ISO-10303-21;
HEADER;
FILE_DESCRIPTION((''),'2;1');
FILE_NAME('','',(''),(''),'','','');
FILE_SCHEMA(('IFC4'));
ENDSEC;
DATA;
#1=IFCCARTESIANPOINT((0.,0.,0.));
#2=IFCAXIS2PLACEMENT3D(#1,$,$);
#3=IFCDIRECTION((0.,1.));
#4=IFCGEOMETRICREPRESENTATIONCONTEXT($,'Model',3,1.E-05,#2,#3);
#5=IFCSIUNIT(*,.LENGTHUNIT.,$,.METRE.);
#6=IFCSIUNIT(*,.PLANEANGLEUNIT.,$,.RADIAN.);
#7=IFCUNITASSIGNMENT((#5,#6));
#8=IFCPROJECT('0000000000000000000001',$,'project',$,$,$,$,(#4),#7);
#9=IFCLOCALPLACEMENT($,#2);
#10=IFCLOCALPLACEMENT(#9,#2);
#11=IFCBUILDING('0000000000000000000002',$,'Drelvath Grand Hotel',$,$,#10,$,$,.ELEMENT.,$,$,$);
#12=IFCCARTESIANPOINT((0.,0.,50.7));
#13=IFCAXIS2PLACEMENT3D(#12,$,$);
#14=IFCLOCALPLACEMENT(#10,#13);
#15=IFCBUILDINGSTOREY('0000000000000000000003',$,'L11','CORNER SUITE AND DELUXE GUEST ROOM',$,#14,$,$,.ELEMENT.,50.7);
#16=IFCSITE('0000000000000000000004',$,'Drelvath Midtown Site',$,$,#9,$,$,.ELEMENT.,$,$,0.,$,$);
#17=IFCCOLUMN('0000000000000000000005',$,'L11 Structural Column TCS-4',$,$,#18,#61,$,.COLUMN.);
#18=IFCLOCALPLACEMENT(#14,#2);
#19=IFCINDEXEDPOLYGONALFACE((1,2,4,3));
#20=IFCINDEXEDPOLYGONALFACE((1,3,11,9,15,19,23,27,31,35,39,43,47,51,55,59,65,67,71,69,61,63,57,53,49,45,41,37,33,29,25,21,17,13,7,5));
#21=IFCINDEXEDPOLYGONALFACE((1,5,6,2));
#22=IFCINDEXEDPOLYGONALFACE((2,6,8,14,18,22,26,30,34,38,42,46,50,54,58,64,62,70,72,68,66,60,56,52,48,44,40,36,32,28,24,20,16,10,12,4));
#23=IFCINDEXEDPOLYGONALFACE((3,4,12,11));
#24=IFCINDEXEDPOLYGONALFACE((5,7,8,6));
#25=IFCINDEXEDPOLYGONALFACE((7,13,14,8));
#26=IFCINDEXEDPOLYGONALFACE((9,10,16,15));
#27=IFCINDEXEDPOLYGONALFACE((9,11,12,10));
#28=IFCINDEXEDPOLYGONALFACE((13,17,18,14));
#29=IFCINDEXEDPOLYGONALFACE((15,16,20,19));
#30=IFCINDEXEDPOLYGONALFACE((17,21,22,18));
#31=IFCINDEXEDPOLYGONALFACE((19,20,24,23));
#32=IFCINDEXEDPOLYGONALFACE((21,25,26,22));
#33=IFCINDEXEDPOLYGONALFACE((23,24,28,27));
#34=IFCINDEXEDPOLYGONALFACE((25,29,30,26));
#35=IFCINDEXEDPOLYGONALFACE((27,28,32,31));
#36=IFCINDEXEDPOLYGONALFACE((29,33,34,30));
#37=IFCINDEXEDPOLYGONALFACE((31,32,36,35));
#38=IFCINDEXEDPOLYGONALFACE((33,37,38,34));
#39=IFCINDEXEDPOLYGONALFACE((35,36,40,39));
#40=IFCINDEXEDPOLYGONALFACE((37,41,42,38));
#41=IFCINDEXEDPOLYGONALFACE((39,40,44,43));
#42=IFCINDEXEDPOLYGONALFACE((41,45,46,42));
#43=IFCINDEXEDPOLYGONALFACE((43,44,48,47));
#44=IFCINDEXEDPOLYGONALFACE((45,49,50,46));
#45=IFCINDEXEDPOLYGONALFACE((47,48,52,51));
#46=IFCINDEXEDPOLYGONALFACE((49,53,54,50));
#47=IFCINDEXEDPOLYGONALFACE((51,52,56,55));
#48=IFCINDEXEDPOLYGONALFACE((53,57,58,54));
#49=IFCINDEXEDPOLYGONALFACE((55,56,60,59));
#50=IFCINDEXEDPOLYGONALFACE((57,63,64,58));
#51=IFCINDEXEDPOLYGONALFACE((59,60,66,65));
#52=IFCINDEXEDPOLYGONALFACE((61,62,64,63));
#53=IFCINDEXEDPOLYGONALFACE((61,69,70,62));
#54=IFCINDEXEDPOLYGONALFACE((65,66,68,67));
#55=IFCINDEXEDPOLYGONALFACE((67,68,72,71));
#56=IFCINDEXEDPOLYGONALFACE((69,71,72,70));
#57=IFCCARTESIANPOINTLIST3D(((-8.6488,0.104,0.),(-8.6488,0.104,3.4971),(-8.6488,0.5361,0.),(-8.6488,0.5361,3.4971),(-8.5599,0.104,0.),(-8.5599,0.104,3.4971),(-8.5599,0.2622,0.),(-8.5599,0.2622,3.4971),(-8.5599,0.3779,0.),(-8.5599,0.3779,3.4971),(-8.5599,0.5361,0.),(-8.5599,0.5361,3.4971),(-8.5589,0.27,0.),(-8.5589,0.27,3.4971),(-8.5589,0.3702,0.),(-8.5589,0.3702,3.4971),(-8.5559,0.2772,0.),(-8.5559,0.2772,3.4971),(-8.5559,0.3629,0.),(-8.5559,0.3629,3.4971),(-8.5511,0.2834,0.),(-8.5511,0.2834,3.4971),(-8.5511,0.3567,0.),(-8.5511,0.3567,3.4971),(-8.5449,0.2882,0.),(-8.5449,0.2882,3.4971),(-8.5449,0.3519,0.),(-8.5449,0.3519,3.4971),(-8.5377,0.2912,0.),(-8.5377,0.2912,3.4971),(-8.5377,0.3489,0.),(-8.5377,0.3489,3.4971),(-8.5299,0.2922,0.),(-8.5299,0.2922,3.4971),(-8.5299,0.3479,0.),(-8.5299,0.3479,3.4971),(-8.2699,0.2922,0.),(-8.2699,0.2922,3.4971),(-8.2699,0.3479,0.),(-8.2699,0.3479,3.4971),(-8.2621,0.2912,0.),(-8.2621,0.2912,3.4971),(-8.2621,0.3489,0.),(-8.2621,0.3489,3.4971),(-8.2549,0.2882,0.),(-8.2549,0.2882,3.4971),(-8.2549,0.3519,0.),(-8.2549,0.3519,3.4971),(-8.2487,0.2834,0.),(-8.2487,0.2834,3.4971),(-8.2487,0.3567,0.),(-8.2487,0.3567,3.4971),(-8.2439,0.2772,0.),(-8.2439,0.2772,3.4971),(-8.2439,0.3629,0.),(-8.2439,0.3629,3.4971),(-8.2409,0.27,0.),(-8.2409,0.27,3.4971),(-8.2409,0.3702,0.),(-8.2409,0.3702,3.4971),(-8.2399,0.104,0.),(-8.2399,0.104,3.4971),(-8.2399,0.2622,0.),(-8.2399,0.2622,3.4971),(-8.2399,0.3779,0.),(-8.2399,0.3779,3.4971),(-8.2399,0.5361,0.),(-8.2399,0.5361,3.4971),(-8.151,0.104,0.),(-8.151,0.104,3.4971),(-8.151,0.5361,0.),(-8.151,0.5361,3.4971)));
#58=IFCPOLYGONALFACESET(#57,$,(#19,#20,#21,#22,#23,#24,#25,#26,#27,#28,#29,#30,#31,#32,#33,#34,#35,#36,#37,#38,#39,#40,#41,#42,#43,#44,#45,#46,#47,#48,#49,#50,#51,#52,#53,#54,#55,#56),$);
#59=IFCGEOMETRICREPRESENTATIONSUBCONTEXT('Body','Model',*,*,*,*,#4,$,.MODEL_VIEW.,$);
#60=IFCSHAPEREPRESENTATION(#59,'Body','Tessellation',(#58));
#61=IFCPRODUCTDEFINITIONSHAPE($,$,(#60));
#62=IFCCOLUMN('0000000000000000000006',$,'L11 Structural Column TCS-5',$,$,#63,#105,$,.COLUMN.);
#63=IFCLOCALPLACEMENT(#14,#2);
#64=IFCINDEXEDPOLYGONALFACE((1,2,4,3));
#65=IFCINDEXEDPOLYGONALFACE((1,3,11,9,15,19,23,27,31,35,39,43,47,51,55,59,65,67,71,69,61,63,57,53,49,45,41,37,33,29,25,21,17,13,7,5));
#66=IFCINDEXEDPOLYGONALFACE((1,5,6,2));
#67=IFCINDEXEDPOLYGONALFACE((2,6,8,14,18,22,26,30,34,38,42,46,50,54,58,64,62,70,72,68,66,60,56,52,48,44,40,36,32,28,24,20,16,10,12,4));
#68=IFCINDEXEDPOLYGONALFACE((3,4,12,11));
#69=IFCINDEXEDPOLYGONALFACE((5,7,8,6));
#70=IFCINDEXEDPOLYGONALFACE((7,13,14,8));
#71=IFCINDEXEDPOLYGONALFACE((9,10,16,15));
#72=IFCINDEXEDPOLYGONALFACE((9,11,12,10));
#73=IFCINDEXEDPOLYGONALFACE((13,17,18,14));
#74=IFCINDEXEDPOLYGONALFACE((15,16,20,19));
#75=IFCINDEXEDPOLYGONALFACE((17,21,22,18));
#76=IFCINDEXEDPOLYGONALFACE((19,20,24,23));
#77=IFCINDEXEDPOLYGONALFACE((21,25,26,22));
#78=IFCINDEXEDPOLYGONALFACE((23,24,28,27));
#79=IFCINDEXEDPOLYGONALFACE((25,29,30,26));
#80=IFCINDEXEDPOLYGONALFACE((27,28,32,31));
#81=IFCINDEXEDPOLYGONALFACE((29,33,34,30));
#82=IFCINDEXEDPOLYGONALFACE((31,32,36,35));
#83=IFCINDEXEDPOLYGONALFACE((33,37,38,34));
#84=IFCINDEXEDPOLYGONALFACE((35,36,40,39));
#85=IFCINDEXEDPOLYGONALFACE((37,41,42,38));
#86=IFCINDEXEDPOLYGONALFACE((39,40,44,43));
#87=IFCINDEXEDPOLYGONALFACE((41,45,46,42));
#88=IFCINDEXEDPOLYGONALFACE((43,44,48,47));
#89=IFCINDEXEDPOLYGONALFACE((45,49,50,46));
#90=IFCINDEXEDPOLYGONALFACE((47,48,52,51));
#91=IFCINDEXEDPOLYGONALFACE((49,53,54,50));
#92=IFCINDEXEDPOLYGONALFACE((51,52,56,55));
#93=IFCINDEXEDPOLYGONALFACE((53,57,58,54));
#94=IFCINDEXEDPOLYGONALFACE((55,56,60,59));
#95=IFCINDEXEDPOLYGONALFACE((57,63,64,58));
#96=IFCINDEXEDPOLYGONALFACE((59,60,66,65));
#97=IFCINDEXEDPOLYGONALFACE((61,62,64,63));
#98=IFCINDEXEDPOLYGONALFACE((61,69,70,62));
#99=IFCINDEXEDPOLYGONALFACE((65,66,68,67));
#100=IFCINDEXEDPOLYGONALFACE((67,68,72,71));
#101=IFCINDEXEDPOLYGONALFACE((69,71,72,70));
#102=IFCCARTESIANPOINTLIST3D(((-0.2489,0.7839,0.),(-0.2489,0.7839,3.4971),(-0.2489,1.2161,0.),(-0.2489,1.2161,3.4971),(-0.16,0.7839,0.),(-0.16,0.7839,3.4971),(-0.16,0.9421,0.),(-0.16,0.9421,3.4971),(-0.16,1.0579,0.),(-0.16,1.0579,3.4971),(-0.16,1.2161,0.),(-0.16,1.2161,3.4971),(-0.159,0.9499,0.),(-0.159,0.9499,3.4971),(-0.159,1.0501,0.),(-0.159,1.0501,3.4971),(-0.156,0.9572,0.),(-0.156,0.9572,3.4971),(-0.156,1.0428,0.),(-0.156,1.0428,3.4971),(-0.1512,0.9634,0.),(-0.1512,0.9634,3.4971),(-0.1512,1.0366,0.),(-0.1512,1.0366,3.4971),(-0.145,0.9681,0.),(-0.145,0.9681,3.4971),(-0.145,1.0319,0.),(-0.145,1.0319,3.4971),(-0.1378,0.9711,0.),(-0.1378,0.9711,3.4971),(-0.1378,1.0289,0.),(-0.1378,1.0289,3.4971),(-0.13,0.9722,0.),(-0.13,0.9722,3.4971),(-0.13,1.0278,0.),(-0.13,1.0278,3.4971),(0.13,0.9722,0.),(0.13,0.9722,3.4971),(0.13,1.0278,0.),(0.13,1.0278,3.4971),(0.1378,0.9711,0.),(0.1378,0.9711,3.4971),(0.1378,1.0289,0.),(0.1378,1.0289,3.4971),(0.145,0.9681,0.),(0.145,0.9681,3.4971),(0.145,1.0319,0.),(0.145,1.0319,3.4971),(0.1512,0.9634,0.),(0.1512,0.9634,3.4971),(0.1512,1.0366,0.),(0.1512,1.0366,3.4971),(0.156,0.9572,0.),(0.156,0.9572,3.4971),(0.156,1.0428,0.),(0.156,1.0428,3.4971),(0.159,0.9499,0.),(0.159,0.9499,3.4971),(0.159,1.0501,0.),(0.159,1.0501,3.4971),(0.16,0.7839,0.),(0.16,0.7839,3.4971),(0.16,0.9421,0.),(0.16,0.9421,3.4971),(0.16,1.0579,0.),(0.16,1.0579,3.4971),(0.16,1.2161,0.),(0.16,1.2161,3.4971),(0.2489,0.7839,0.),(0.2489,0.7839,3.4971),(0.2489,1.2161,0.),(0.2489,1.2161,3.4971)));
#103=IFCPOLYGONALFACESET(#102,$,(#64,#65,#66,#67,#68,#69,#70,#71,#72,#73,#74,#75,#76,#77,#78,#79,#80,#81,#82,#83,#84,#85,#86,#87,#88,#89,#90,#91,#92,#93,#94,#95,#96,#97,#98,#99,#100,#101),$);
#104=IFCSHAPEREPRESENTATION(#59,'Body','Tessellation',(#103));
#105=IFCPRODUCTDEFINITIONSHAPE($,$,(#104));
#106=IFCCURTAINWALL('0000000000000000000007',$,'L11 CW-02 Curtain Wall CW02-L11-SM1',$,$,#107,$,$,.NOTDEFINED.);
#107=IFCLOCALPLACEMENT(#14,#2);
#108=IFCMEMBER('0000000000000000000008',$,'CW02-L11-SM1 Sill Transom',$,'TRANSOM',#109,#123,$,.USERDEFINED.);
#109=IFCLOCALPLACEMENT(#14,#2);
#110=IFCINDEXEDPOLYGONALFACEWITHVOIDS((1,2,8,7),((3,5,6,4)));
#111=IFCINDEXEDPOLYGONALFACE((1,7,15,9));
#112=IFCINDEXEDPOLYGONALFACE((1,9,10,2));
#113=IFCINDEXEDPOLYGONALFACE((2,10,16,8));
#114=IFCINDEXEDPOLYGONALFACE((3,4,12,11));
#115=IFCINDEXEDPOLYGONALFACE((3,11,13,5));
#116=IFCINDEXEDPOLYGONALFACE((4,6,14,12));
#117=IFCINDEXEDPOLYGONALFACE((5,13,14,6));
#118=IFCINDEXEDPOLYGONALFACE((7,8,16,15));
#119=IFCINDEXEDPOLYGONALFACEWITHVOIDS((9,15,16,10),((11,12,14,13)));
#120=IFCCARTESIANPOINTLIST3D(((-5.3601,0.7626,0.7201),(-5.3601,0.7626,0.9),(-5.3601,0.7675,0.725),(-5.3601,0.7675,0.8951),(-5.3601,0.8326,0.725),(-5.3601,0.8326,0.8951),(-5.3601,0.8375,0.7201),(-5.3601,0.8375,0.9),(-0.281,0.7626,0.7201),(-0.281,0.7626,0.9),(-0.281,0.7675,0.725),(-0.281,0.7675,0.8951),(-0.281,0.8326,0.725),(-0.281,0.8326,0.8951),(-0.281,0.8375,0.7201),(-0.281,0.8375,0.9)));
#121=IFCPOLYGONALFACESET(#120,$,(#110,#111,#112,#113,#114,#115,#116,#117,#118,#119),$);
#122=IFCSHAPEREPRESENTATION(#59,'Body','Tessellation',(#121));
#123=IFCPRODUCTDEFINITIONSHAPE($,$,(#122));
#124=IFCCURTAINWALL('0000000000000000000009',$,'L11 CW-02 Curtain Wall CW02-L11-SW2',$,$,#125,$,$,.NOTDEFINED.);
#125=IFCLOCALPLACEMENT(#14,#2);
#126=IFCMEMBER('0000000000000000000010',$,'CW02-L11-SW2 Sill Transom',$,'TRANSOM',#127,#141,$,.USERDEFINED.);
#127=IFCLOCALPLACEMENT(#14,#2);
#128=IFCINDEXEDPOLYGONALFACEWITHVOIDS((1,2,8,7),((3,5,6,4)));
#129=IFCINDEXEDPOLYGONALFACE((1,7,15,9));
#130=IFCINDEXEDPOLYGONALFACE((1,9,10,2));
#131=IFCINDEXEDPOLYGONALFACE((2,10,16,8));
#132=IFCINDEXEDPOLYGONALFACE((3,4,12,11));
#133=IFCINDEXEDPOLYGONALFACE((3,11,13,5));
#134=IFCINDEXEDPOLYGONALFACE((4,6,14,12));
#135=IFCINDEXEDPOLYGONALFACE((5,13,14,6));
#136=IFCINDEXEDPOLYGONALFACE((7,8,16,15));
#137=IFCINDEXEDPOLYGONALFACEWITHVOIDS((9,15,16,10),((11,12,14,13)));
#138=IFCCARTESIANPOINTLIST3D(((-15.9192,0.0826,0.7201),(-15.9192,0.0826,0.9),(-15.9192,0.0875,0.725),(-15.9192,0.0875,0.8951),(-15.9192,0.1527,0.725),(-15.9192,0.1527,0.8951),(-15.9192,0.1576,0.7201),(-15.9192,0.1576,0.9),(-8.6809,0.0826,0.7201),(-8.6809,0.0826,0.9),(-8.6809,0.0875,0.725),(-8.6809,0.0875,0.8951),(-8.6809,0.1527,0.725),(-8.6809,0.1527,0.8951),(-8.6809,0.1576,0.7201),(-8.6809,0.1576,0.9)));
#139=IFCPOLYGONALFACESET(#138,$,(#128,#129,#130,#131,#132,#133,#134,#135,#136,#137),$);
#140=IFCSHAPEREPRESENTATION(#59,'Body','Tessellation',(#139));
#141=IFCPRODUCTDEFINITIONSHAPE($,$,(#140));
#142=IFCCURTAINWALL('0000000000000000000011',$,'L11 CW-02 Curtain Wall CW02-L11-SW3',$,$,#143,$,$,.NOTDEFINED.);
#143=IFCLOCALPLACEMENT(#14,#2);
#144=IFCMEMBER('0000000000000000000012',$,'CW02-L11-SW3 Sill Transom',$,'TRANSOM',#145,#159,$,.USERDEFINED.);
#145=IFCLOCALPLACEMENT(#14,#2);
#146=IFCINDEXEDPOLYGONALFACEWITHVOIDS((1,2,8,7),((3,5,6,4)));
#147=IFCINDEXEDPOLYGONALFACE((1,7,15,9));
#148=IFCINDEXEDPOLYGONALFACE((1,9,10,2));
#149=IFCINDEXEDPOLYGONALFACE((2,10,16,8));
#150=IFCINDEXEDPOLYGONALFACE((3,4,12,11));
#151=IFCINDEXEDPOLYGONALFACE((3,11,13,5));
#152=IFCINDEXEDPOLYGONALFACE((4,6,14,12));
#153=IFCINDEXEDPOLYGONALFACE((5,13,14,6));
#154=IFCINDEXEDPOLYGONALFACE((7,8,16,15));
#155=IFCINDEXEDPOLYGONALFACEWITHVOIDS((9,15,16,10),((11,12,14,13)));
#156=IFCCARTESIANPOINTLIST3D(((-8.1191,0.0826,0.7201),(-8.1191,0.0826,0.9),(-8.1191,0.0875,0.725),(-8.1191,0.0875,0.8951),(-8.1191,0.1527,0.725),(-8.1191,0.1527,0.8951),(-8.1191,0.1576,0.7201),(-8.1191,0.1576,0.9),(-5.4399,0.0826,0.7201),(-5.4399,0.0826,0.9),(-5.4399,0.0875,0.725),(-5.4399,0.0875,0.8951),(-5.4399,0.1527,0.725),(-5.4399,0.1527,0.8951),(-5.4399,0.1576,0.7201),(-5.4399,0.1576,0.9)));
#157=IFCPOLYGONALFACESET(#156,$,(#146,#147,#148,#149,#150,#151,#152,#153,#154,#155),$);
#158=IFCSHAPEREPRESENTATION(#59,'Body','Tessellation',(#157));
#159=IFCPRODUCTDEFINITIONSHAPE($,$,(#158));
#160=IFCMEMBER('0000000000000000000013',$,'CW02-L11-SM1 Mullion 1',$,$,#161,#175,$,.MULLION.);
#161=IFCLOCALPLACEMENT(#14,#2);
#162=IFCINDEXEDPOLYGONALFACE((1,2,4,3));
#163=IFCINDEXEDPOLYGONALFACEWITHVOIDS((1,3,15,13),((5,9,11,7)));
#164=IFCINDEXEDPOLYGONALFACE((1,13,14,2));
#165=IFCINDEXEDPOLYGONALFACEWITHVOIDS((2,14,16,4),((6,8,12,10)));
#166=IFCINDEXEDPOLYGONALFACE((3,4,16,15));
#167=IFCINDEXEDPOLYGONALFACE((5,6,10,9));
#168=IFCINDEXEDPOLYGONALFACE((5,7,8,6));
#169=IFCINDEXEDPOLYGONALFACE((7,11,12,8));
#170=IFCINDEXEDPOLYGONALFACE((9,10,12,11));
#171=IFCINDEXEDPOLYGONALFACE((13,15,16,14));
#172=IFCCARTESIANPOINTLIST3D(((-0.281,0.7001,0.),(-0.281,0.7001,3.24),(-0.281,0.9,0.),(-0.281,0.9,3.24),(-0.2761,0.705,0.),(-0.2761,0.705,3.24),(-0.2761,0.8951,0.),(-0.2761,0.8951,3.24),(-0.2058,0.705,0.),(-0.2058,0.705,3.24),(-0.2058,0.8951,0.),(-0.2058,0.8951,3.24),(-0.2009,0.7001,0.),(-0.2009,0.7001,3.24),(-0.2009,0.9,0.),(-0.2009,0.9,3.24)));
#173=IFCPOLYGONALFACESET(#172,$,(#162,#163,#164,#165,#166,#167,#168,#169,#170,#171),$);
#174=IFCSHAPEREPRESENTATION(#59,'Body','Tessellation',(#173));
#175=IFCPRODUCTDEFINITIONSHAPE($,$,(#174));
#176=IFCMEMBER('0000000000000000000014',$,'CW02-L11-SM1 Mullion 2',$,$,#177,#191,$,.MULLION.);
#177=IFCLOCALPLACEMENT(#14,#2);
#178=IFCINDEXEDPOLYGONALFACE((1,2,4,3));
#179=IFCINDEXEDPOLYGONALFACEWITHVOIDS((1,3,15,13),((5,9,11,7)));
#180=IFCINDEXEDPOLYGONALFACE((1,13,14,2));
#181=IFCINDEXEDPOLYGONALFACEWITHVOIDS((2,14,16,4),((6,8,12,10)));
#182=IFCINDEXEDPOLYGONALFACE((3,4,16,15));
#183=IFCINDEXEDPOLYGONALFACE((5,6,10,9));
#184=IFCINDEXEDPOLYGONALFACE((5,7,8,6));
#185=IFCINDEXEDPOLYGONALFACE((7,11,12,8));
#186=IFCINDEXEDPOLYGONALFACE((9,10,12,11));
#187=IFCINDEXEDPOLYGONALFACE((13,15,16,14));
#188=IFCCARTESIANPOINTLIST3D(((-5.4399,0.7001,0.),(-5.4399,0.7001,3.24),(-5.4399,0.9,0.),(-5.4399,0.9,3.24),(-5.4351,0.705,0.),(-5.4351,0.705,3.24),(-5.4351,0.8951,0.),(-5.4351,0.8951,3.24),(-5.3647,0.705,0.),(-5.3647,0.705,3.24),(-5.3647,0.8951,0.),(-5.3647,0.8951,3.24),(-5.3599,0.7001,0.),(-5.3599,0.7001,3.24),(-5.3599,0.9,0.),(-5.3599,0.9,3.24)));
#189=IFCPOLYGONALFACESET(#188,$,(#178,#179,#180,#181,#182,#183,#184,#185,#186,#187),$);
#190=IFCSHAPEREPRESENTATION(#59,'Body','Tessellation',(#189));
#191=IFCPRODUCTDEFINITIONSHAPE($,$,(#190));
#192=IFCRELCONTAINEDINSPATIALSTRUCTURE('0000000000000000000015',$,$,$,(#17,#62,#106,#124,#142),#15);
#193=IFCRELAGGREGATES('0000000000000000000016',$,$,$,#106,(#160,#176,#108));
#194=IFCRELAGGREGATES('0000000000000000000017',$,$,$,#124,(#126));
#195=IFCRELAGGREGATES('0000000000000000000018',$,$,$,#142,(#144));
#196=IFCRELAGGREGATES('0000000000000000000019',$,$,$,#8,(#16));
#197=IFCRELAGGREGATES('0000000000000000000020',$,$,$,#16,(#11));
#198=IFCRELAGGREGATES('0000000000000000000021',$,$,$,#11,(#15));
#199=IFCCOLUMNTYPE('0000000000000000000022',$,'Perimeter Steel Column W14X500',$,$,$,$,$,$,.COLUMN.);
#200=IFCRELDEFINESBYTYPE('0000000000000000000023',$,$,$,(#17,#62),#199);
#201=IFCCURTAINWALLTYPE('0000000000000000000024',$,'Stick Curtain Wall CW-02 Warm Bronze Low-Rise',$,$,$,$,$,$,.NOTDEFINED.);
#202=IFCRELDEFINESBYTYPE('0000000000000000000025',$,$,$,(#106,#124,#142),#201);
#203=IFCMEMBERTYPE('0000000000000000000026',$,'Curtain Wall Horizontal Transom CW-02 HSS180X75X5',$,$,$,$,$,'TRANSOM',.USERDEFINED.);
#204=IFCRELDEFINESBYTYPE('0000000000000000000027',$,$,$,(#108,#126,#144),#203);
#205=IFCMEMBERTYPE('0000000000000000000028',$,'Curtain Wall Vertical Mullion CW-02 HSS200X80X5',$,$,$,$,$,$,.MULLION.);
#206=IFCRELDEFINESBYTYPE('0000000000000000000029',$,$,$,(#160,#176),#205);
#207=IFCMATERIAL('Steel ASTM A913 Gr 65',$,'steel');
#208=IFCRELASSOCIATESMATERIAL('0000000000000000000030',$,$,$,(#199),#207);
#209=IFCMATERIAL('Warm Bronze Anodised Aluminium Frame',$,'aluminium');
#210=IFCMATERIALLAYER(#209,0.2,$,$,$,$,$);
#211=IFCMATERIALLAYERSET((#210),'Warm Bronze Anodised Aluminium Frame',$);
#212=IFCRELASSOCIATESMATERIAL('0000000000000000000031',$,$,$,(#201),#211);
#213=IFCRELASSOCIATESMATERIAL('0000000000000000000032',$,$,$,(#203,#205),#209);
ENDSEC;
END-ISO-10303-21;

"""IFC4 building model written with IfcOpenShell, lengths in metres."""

from ifc_helpers import new_model, si_unit, direction, frame, origin, origin_2d, place, context, subcontext, project, spatial, hollow_rectangle, i_section, extrude, material, layer, layer_set, material_profile, profile_set, type_object, element, aggregate, save


model = new_model("IFC4")

# Units and contexts
model_context = context("Model", 3, precision=1e-05, world=origin(), true_north=direction((0.0, 1.0)))
body_context = subcontext(model_context, "Body", "Model", "MODEL_VIEW")
ifc_project = project(units=[si_unit("LENGTHUNIT", "METRE"), si_unit("PLANEANGLEUNIT", "RADIAN")], contexts=[model_context])

# Site, building, storey
site_placement = place(None, origin())
site = spatial("IfcSite", under=ifc_project, at=site_placement, Name="Drelvath Midtown Site", CompositionType="ELEMENT", RefElevation=0.0)
building_placement = place(site_placement, origin())
building = spatial("IfcBuilding", under=site, at=building_placement, Name="Drelvath Grand Hotel", CompositionType="ELEMENT")
storey_placement = place(building_placement, frame((0.0, 0.0, 50.7)))
storey = spatial("IfcBuildingStorey", under=building, at=storey_placement, Name="L11", Description="CORNER SUITE AND DELUXE GUEST ROOM", CompositionType="ELEMENT", Elevation=50.7)

# Columns
ifc_material_1 = material(Name="Steel ASTM A913 Gr 65", Category="steel")
ifc_material_profile_1 = material_profile(ifc_material_1, i_section(OverallWidth=0.4321, OverallDepth=0.4978, WebThickness=0.0557, FlangeThickness=0.0889, FilletRadius=0.03, at=origin_2d()), Name="W14X500")
ifc_profile_set_1 = profile_set([ifc_material_profile_1], Name="Steel ASTM A913 Gr 65")
column_type = type_object("IfcColumnType", Name="Perimeter Steel Column W14X500", PredefinedType="COLUMN", material=ifc_profile_set_1)
for number, where, z_axis, x_axis, name in (
    (1, (-8.3999, 0.3201, 0.0), (0.0, 0.0, 1.0), (0.0, 1.0, 0.0), "L11 Structural Column TCS-4"),
    (2, (0.0, 1.0, 0.0), (0.0, 0.0, 1.0), (0.0, 1.0, 0.0), "L11 Structural Column TCS-5"),
):
    element("IfcColumn", number, at=place(storey_placement, frame(where, z_axis=z_axis, x_axis=x_axis)), inside=storey, type_object=column_type, Name=name, PredefinedType="COLUMN", context=body_context, shape_type="SweptSolid", body=[
        extrude(i_section(OverallWidth=0.4321, OverallDepth=0.4978, WebThickness=0.0557, FlangeThickness=0.0889, FilletRadius=0.03, at=origin_2d()), origin(), (0.0, 0.0, 1.0), 3.4971),
    ])

# Curtain walls, members
ifc_material_2 = material(Name="Warm Bronze Anodised Aluminium Frame", Category="aluminium")
ifc_layer_1 = layer(ifc_material_2, 0.2)
ifc_layer_set_1 = layer_set([ifc_layer_1], Name="Warm Bronze Anodised Aluminium Frame")
curtain_wall_type = type_object("IfcCurtainWallType", Name="Stick Curtain Wall CW-02 Warm Bronze Low-Rise", PredefinedType="NOTDEFINED", material=ifc_layer_set_1)
curtain_wall_1_placement = place(storey_placement, origin())
curtain_wall_1 = element("IfcCurtainWall", 3, at=curtain_wall_1_placement, inside=storey, type_object=curtain_wall_type, Name="L11 CW-02 Curtain Wall CW02-L11-SM1", PredefinedType="NOTDEFINED")
ifc_material_profile_2 = material_profile(ifc_material_2, hollow_rectangle(XDim=0.075, YDim=0.1799, WallThickness=0.0049, at=origin_2d()), Name="HSS180X75X5")
ifc_profile_set_2 = profile_set([ifc_material_profile_2], Name="Warm Bronze Anodised Aluminium Frame")
member_type_1 = type_object("IfcMemberType", Name="Curtain Wall Horizontal Transom CW-02 HSS180X75X5", ElementType="TRANSOM", PredefinedType="USERDEFINED", material=ifc_profile_set_2)
member_1_placement = place(storey_placement, frame((-0.281, 0.8, 0.8101), z_axis=(-1.0, 0.0, 0.0), x_axis=(0.0, -1.0, 0.0)))
member_1 = element("IfcMember", 4, at=member_1_placement, type_object=member_type_1, Name="CW02-L11-SM1 Sill Transom", ObjectType="TRANSOM", PredefinedType="USERDEFINED", context=body_context, shape_type="SweptSolid", body=[
    extrude(hollow_rectangle(XDim=0.075, YDim=0.1799, WallThickness=0.0049, at=origin_2d()), origin(), (0.0, 0.0, 1.0), 5.0791),
])
curtain_wall_2_placement = place(storey_placement, origin())
curtain_wall_2 = element("IfcCurtainWall", 5, at=curtain_wall_2_placement, inside=storey, type_object=curtain_wall_type, Name="L11 CW-02 Curtain Wall CW02-L11-SW2", PredefinedType="NOTDEFINED")
member_2_placement = place(storey_placement, frame((-8.6809, 0.1201, 0.8101), z_axis=(-1.0, 0.0, 0.0), x_axis=(0.0, -1.0, 0.0)))
member_2 = element("IfcMember", 6, at=member_2_placement, type_object=member_type_1, Name="CW02-L11-SW2 Sill Transom", ObjectType="TRANSOM", PredefinedType="USERDEFINED", context=body_context, shape_type="SweptSolid", body=[
    extrude(hollow_rectangle(XDim=0.075, YDim=0.1799, WallThickness=0.0049, at=origin_2d()), origin(), (0.0, 0.0, 1.0), 7.2383),
])
curtain_wall_3_placement = place(storey_placement, origin())
curtain_wall_3 = element("IfcCurtainWall", 7, at=curtain_wall_3_placement, inside=storey, type_object=curtain_wall_type, Name="L11 CW-02 Curtain Wall CW02-L11-SW3", PredefinedType="NOTDEFINED")
member_3_placement = place(storey_placement, frame((-5.4399, 0.1201, 0.8101), z_axis=(-1.0, 0.0, 0.0), x_axis=(0.0, -1.0, 0.0)))
member_3 = element("IfcMember", 8, at=member_3_placement, type_object=member_type_1, Name="CW02-L11-SW3 Sill Transom", ObjectType="TRANSOM", PredefinedType="USERDEFINED", context=body_context, shape_type="SweptSolid", body=[
    extrude(hollow_rectangle(XDim=0.075, YDim=0.1799, WallThickness=0.0049, at=origin_2d()), origin(), (0.0, 0.0, 1.0), 2.6792),
])

# Members
ifc_material_profile_3 = material_profile(ifc_material_2, hollow_rectangle(XDim=0.0801, YDim=0.2, WallThickness=0.0049, at=origin_2d()), Name="HSS200X80X5")
ifc_profile_set_3 = profile_set([ifc_material_profile_3], Name="Warm Bronze Anodised Aluminium Frame")
member_type_2 = type_object("IfcMemberType", Name="Curtain Wall Vertical Mullion CW-02 HSS200X80X5", PredefinedType="MULLION", material=ifc_profile_set_3)
member_4_placement = place(storey_placement, frame((-0.241, 0.8, 0.0), z_axis=(0.0, 0.0, 1.0), x_axis=(1.0, 0.0, 0.0)))
member_4 = element("IfcMember", 9, at=member_4_placement, type_object=member_type_2, Name="CW02-L11-SM1 Mullion 1", PredefinedType="MULLION", context=body_context, shape_type="SweptSolid", body=[
    extrude(hollow_rectangle(XDim=0.0801, YDim=0.2, WallThickness=0.0049, at=origin_2d()), origin(), (0.0, 0.0, 1.0), 3.24),
])
member_5_placement = place(storey_placement, frame((-5.3999, 0.8, 0.0), z_axis=(0.0, 0.0, 1.0), x_axis=(1.0, 0.0, 0.0)))
member_5 = element("IfcMember", 10, at=member_5_placement, type_object=member_type_2, Name="CW02-L11-SM1 Mullion 2", PredefinedType="MULLION", context=body_context, shape_type="SweptSolid", body=[
    extrude(hollow_rectangle(XDim=0.0801, YDim=0.2, WallThickness=0.0049, at=origin_2d()), origin(), (0.0, 0.0, 1.0), 3.24),
])

aggregate(curtain_wall_1, [member_4, member_5, member_1])
aggregate(curtain_wall_2, [member_2])
aggregate(curtain_wall_3, [member_3])

save(model, "model.ifc")
